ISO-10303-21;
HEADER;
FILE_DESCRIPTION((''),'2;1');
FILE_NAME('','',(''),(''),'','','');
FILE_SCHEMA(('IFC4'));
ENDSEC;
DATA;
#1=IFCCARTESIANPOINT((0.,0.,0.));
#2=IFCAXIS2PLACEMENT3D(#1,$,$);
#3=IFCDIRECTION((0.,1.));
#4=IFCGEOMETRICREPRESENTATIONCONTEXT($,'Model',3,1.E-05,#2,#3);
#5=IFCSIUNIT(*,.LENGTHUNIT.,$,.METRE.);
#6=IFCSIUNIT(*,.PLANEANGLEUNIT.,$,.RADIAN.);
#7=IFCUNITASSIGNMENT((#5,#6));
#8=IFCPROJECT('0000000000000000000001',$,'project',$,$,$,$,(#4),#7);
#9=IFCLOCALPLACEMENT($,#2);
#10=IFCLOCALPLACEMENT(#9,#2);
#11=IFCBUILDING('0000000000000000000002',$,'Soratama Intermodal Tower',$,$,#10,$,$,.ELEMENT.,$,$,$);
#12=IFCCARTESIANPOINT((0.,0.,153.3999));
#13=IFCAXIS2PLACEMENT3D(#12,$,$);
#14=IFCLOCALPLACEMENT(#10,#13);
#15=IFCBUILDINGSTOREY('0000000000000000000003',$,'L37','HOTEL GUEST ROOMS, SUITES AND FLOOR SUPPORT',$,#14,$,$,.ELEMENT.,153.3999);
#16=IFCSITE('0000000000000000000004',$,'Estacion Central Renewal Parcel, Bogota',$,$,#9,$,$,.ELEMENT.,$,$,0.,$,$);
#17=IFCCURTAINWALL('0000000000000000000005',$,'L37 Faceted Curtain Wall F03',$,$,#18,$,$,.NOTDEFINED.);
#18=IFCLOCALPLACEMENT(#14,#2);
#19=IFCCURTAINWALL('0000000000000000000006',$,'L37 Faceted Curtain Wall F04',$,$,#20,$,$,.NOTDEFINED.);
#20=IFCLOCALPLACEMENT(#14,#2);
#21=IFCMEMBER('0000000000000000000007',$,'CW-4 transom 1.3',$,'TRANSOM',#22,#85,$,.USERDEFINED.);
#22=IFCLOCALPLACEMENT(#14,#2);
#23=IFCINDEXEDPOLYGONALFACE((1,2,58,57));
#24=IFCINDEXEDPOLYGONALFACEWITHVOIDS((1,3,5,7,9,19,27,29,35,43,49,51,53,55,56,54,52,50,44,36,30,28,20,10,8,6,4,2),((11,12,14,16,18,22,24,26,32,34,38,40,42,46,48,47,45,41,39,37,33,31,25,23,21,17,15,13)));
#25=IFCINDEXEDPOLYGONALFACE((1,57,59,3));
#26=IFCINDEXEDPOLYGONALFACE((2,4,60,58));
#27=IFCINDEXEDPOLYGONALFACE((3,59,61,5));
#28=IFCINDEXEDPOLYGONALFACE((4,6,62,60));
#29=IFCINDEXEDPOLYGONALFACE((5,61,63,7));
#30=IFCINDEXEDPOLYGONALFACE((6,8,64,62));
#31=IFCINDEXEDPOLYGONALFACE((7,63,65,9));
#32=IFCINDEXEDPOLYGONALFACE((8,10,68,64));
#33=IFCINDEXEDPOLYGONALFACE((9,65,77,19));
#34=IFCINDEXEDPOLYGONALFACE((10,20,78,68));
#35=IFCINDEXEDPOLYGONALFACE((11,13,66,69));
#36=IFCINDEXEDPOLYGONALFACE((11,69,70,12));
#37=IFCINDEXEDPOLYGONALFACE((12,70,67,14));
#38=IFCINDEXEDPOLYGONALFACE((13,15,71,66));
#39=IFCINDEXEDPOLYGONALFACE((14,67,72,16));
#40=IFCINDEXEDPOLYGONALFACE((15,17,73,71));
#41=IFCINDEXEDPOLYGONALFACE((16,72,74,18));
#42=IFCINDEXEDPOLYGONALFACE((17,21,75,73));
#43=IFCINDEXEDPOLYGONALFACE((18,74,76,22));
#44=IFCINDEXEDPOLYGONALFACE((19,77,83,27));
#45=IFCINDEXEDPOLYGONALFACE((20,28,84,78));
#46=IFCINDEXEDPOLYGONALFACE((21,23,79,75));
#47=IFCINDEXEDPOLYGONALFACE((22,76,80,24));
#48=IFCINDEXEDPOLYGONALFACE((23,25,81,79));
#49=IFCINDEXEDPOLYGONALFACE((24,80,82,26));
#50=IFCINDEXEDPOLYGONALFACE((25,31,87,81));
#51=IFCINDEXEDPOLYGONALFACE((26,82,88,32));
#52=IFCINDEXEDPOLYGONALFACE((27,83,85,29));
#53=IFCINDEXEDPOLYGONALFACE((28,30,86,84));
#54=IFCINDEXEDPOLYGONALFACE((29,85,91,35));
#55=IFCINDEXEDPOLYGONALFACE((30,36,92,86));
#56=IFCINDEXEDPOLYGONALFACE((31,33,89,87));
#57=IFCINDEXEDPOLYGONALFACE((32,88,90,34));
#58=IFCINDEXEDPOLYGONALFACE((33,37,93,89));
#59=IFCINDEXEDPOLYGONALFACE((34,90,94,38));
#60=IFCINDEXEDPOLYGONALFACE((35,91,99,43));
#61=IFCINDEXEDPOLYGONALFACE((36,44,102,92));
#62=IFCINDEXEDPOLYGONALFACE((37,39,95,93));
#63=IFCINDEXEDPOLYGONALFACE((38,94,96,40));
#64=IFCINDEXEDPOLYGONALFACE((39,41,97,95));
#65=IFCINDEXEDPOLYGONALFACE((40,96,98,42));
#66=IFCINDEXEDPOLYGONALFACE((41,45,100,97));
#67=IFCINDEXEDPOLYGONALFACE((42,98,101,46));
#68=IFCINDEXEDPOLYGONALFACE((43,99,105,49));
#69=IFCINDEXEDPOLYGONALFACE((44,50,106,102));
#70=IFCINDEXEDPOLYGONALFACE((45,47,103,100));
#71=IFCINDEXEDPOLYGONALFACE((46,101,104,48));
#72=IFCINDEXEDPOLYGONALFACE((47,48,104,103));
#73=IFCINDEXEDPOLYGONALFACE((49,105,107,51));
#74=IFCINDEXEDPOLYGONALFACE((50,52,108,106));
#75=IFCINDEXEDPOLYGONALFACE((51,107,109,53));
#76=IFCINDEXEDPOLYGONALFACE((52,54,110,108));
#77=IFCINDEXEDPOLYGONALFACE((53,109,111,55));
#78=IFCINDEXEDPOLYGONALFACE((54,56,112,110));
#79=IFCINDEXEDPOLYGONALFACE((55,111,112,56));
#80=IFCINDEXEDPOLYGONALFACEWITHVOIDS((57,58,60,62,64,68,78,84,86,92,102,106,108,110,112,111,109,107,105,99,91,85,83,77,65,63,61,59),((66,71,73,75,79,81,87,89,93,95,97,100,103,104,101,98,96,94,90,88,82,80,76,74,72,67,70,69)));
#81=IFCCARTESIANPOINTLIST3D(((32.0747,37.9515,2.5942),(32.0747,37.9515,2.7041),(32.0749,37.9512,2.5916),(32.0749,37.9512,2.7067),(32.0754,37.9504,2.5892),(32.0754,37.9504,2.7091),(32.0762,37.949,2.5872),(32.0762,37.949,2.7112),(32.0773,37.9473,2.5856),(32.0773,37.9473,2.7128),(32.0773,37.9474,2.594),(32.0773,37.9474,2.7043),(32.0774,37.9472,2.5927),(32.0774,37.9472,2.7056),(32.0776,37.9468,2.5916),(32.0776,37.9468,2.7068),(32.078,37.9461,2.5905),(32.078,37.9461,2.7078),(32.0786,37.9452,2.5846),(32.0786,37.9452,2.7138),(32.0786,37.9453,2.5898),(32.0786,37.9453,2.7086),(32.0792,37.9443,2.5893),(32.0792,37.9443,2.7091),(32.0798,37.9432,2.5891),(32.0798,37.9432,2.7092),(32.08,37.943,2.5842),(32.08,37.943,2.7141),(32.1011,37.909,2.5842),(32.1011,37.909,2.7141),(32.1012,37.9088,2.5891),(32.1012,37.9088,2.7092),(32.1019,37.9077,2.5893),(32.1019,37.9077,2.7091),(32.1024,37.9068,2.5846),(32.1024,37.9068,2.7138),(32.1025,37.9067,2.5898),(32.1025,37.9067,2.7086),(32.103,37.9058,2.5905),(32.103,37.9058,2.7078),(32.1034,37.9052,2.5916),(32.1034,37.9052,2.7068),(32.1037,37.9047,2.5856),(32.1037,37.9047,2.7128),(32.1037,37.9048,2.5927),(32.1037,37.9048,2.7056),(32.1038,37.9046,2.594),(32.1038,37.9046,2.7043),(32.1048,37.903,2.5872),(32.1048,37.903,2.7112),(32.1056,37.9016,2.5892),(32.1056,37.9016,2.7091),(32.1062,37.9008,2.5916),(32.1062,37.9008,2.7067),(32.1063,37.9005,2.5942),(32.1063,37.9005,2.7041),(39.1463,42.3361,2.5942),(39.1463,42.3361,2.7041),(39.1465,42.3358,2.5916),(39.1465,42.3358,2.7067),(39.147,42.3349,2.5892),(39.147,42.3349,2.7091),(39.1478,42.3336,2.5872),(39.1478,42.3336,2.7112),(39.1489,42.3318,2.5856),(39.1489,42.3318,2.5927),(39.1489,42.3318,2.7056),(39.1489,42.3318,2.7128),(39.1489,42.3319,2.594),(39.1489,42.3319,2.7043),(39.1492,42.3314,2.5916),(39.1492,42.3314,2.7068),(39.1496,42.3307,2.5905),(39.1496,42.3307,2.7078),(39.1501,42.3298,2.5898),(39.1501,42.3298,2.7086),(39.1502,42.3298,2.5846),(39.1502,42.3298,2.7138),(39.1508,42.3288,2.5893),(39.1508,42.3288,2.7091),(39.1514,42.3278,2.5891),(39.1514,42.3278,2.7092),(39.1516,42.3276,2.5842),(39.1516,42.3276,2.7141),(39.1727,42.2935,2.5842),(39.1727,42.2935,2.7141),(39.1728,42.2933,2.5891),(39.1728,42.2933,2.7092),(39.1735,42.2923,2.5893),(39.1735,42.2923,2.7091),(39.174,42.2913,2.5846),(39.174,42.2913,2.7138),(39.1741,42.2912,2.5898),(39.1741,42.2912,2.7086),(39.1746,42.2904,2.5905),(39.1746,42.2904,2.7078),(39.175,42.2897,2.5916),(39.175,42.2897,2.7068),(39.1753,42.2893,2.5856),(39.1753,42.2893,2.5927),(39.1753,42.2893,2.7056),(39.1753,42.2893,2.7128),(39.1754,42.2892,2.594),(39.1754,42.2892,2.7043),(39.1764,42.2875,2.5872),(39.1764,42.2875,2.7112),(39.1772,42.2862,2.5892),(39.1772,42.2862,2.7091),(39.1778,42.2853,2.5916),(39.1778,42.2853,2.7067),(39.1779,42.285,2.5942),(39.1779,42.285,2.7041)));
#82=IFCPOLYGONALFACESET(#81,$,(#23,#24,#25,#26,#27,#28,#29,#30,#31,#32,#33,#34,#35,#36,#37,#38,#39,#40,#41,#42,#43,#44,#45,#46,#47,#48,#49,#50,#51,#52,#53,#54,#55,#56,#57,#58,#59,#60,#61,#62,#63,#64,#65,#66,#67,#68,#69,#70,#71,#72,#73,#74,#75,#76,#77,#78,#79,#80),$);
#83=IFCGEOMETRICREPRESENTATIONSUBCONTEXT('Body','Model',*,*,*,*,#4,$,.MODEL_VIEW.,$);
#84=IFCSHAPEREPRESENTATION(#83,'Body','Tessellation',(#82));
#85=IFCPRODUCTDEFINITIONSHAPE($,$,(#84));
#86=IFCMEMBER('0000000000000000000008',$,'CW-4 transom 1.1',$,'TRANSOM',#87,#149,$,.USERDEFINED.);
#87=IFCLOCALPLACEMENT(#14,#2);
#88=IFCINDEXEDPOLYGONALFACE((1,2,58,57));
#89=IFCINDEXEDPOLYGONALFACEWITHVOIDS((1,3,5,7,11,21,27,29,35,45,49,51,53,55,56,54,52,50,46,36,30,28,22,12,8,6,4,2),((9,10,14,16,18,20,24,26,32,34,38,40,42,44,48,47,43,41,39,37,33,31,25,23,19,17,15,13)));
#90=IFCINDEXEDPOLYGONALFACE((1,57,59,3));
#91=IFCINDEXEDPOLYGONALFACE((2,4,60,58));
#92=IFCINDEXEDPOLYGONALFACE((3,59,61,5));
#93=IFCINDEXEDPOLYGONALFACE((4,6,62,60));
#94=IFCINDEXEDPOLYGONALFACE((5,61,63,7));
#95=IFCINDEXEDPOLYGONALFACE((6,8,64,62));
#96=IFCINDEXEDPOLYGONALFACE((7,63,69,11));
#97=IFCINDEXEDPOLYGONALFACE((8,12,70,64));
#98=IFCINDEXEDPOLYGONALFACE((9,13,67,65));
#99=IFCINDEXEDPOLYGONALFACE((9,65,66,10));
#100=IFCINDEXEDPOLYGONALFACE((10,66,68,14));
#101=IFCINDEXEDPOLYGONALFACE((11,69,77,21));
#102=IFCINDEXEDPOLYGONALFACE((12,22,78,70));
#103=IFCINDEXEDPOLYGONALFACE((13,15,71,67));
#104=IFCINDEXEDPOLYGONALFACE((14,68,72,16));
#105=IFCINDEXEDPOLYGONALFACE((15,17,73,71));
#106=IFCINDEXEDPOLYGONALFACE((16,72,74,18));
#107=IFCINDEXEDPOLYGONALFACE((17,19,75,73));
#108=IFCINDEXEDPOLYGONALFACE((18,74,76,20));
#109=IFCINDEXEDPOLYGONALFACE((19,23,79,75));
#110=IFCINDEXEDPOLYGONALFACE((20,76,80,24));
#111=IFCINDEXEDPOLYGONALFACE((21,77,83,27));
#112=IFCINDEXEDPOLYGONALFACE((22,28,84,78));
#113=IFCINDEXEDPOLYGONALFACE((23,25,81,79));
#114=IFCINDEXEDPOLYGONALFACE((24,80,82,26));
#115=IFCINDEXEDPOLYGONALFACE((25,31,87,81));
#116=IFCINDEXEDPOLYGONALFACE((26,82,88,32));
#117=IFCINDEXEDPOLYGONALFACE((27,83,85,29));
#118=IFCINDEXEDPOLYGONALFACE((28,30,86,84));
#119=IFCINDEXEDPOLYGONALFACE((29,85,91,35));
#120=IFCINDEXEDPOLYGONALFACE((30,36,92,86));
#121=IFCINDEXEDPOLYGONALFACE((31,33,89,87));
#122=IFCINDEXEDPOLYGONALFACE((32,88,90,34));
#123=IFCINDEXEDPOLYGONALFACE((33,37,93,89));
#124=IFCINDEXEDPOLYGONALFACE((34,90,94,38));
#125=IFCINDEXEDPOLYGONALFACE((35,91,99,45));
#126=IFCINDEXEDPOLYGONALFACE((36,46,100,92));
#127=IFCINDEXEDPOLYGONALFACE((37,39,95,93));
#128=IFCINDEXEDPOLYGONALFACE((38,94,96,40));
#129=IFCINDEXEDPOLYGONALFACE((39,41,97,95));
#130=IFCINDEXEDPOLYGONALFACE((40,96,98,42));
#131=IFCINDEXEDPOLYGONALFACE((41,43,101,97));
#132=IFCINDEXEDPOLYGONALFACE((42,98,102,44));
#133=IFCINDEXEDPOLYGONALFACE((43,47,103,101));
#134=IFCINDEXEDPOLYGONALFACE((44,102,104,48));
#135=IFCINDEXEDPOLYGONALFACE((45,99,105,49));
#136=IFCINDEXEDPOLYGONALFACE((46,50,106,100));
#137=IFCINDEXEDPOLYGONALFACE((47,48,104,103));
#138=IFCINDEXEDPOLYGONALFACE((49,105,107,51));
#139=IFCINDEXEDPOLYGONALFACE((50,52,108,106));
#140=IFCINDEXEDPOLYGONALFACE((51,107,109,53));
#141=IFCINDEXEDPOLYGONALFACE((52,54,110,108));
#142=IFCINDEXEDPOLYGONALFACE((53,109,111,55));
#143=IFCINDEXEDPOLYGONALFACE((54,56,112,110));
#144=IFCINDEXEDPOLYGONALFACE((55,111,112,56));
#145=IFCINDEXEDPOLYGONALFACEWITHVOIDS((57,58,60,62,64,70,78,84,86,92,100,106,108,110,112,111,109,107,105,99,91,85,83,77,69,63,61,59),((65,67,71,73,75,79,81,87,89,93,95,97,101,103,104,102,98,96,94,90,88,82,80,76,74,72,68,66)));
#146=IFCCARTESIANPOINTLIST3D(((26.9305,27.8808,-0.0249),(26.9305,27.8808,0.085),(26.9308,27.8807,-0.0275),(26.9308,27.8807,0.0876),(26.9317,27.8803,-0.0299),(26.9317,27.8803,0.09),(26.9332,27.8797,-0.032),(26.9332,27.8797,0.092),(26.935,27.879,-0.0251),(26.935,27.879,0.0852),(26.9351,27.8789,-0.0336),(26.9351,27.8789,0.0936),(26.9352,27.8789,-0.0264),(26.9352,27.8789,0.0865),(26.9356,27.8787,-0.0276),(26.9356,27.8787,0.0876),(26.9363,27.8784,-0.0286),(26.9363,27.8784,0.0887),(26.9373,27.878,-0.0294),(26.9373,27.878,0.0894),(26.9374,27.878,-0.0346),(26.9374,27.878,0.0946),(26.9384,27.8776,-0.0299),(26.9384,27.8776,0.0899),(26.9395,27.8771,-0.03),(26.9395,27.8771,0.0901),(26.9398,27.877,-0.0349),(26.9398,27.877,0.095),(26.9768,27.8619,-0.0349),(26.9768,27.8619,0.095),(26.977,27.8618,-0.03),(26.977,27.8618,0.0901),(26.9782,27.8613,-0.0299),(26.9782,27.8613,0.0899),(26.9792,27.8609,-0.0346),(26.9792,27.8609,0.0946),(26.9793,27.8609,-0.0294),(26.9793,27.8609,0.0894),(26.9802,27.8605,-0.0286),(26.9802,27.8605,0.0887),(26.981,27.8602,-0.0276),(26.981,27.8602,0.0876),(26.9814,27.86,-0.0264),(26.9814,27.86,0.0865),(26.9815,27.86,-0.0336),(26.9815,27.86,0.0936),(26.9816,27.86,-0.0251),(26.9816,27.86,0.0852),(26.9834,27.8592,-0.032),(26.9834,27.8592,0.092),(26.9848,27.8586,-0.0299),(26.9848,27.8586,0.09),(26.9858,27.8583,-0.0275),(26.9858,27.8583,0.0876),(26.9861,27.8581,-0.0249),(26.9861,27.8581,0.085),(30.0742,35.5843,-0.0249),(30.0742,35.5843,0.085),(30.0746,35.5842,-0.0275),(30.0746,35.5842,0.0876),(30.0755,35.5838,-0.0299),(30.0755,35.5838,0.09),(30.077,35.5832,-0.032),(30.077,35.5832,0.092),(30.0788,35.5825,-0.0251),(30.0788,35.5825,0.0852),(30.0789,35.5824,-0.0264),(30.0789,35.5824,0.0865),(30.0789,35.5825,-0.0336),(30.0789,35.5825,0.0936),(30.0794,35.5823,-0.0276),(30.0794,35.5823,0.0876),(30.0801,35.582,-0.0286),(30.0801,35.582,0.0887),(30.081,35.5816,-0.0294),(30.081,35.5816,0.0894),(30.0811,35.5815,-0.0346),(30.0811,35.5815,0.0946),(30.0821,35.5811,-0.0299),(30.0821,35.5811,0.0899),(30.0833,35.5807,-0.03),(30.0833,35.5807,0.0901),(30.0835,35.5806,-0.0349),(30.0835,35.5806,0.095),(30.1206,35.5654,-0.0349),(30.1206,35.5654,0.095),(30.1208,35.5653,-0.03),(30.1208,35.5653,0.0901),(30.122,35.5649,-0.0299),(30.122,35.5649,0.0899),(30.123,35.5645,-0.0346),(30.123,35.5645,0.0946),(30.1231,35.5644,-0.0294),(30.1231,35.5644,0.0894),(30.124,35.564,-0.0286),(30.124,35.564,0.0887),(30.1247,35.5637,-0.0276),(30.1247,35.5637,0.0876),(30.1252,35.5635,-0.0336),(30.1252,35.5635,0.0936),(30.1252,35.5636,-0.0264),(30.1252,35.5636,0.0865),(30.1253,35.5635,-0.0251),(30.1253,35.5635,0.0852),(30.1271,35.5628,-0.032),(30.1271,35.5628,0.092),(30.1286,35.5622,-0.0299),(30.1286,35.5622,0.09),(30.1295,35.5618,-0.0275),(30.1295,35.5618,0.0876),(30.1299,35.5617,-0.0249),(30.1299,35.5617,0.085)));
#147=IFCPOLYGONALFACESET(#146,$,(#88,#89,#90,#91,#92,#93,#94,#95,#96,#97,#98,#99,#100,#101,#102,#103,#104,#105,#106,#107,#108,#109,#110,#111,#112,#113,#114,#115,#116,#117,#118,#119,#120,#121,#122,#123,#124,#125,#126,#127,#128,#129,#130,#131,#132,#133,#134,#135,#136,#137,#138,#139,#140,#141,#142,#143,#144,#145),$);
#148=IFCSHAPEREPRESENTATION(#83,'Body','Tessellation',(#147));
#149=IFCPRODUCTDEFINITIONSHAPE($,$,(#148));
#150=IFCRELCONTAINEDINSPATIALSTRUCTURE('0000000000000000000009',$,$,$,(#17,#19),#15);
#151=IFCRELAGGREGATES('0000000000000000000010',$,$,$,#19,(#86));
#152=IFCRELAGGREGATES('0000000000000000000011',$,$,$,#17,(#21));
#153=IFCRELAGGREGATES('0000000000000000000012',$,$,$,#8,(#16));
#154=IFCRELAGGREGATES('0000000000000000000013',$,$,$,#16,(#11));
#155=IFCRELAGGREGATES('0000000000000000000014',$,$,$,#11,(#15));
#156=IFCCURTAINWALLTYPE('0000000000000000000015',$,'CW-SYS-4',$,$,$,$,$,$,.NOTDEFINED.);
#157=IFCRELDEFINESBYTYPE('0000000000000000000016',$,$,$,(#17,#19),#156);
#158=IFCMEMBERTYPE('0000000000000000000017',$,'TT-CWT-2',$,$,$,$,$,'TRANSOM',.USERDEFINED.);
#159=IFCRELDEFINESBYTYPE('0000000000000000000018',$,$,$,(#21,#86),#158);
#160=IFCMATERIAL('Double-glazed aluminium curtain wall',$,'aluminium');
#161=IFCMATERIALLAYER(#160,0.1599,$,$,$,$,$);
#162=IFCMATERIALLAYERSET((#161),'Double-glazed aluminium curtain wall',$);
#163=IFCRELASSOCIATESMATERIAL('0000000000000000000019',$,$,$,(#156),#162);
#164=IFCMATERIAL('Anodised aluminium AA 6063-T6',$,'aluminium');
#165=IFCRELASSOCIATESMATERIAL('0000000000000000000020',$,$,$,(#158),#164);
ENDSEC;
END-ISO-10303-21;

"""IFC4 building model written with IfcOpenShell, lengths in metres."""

from ifc_helpers import new_model, si_unit, direction, frame, origin, origin_2d, place, context, subcontext, project, spatial, hollow_rectangle, extrude, material, layer, layer_set, material_profile, profile_set, type_object, element, aggregate, save


model = new_model("IFC4")

# Units and contexts
model_context = context("Model", 3, precision=1e-05, world=origin(), true_north=direction((0.0, 1.0)))
body_context = subcontext(model_context, "Body", "Model", "MODEL_VIEW")
ifc_project = project(units=[si_unit("LENGTHUNIT", "METRE"), si_unit("PLANEANGLEUNIT", "RADIAN")], contexts=[model_context])

# Site, building, storey
site_placement = place(None, origin())
site = spatial("IfcSite", under=ifc_project, at=site_placement, Name="Estacion Central Renewal Parcel, Bogota", CompositionType="ELEMENT", RefElevation=0.0)
building_placement = place(site_placement, origin())
building = spatial("IfcBuilding", under=site, at=building_placement, Name="Soratama Intermodal Tower", CompositionType="ELEMENT")
storey_placement = place(building_placement, frame((0.0, 0.0, 153.3999)))
storey = spatial("IfcBuildingStorey", under=building, at=storey_placement, Name="L37", Description="HOTEL GUEST ROOMS, SUITES AND FLOOR SUPPORT", CompositionType="ELEMENT", Elevation=153.3999)

# Curtain wall
ifc_material_1 = material(Name="Double-glazed aluminium curtain wall", Category="aluminium")
ifc_layer_1 = layer(ifc_material_1, 0.1599)
ifc_layer_set_1 = layer_set([ifc_layer_1], Name="Double-glazed aluminium curtain wall")
curtain_wall_type = type_object("IfcCurtainWallType", Name="CW-SYS-4", PredefinedType="NOTDEFINED", material=ifc_layer_set_1)
curtain_wall_1_placement = place(storey_placement, origin())
curtain_wall_1 = element("IfcCurtainWall", 1, at=curtain_wall_1_placement, inside=storey, type_object=curtain_wall_type, Name="L37 Faceted Curtain Wall F03", PredefinedType="NOTDEFINED")

# Curtain wall
curtain_wall_2_placement = place(storey_placement, origin())
curtain_wall_2 = element("IfcCurtainWall", 2, at=curtain_wall_2_placement, inside=storey, type_object=curtain_wall_type, Name="L37 Faceted Curtain Wall F04", PredefinedType="NOTDEFINED")

# Members
ifc_material_2 = material(Name="Anodised aluminium AA 6063-T6", Category="aluminium")
ifc_material_profile_1 = material_profile(ifc_material_2, hollow_rectangle(XDim=0.0601, YDim=0.1299, WallThickness=0.0049, InnerFilletRadius=0.0049, OuterFilletRadius=0.01, at=origin_2d()), Name="CWT130X60X5")
ifc_profile_set_1 = profile_set([ifc_material_profile_1], Name="Anodised aluminium AA 6063-T6")
member_type_1 = type_object("IfcMemberType", Name="TT-CWT-2", ElementType="TRANSOM", PredefinedType="USERDEFINED", material=ifc_profile_set_1)
member_1_placement = place(storey_placement, frame((39.1621, 42.3105, 2.6492), z_axis=(-0.849893, -0.526955, 0.0), x_axis=(0.526955, -0.849893, 0.0)))
member_1 = element("IfcMember", 3, at=member_1_placement, type_object=member_type_1, Name="CW-4 transom 1.3", ObjectType="TRANSOM", PredefinedType="USERDEFINED", context=body_context, shape_type="SweptSolid", body=[
    extrude(hollow_rectangle(XDim=0.0601, YDim=0.1299, WallThickness=0.0049, InnerFilletRadius=0.0049, OuterFilletRadius=0.01, at=origin_2d()), origin(), (0.0, 0.0, 1.0), 8.3206),
])
member_2_placement = place(storey_placement, frame((30.1021, 35.573, 0.03), z_axis=(-0.377842, -0.92587, 0.0), x_axis=(0.92587, -0.377842, 0.0)))
member_2 = element("IfcMember", 4, at=member_2_placement, type_object=member_type_1, Name="CW-4 transom 1.1", ObjectType="TRANSOM", PredefinedType="USERDEFINED", context=body_context, shape_type="SweptSolid", body=[
    extrude(hollow_rectangle(XDim=0.0601, YDim=0.1299, WallThickness=0.0049, InnerFilletRadius=0.0049, OuterFilletRadius=0.01, at=origin_2d()), origin(), (0.0, 0.0, 1.0), 8.3203),
])
aggregate(curtain_wall_2, [member_2])

aggregate(curtain_wall_1, [member_1])

save(model, "model.ifc")
